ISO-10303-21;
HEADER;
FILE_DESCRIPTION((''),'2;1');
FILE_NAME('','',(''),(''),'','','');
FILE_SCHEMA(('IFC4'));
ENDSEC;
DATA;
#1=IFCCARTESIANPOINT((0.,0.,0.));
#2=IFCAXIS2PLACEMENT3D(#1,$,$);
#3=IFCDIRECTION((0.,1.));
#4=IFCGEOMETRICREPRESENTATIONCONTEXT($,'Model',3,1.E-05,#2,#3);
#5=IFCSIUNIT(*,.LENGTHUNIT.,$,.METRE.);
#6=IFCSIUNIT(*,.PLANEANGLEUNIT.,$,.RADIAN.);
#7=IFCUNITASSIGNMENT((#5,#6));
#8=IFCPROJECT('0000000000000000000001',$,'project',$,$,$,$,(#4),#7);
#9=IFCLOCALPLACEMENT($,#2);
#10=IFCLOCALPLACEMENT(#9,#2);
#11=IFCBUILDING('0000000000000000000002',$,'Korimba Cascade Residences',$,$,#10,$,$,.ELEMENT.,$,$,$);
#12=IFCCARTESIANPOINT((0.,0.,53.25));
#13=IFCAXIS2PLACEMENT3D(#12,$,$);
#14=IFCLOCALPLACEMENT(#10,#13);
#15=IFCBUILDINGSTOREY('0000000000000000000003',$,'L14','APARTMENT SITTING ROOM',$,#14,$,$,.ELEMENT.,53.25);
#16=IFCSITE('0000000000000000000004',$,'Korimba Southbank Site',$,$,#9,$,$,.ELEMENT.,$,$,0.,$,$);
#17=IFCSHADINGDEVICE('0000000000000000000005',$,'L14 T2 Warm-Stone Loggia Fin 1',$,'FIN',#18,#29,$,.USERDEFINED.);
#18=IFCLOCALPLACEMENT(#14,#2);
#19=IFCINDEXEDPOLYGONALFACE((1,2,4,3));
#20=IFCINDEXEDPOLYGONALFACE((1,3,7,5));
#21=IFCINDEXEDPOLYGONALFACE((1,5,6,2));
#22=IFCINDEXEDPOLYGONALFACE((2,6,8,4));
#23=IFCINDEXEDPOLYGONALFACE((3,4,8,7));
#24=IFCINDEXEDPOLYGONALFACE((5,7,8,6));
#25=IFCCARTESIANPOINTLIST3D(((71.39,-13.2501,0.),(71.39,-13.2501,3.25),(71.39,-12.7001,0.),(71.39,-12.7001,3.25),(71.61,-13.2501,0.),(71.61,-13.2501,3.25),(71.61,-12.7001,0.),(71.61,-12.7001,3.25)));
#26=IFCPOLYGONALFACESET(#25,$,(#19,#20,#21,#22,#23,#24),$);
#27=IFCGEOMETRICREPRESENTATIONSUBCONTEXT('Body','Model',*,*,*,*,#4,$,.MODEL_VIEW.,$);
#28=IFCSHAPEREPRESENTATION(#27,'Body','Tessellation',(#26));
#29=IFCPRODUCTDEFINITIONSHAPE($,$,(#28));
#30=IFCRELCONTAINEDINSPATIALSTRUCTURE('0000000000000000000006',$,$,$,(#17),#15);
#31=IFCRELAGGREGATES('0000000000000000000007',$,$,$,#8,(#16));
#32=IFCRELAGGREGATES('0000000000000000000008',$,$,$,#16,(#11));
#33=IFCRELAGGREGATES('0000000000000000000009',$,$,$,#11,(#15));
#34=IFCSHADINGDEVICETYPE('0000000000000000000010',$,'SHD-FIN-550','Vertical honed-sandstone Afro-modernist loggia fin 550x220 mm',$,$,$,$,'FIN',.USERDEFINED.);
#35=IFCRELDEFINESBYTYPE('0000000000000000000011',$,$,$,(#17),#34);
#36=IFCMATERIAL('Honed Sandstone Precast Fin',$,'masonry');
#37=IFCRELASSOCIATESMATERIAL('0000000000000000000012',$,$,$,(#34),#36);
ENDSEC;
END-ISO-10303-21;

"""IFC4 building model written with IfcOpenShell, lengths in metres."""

from ifc_helpers import new_model, si_unit, direction, frame, origin, origin_2d, place, context, subcontext, project, spatial, rectangle, extrude, material, type_object, element, save


model = new_model("IFC4")

# Units and contexts
model_context = context("Model", 3, precision=1e-05, world=origin(), true_north=direction((0.0, 1.0)))
body_context = subcontext(model_context, "Body", "Model", "MODEL_VIEW")
ifc_project = project(units=[si_unit("LENGTHUNIT", "METRE"), si_unit("PLANEANGLEUNIT", "RADIAN")], contexts=[model_context])

# Site, building, storey
site_placement = place(None, origin())
site = spatial("IfcSite", under=ifc_project, at=site_placement, Name="Korimba Southbank Site", CompositionType="ELEMENT", RefElevation=0.0)
building_placement = place(site_placement, origin())
building = spatial("IfcBuilding", under=site, at=building_placement, Name="Korimba Cascade Residences", CompositionType="ELEMENT")
storey_placement = place(building_placement, frame((0.0, 0.0, 53.25)))
storey = spatial("IfcBuildingStorey", under=building, at=storey_placement, Name="L14", Description="APARTMENT SITTING ROOM", CompositionType="ELEMENT", Elevation=53.25)

# Shading device
ifc_material_1 = material(Name="Honed Sandstone Precast Fin", Category="masonry")
shading_device_type = type_object("IfcShadingDeviceType", Name="SHD-FIN-550", Description="Vertical honed-sandstone Afro-modernist loggia fin 550x220 mm", ElementType="FIN", PredefinedType="USERDEFINED", material=ifc_material_1)
shading_device_placement = place(storey_placement, frame((71.5, -12.9751, 0.0), z_axis=(0.0, 0.0, 1.0), x_axis=(1.0, 0.0, 0.0)))
element("IfcShadingDevice", 1, at=shading_device_placement, inside=storey, type_object=shading_device_type, Name="L14 T2 Warm-Stone Loggia Fin 1", ObjectType="FIN", PredefinedType="USERDEFINED", context=body_context, shape_type="SweptSolid", body=[
    extrude(rectangle(XDim=0.22, YDim=0.55, at=origin_2d()), origin(), (0.0, 0.0, 1.0), 3.25),
])

save(model, "model.ifc")
